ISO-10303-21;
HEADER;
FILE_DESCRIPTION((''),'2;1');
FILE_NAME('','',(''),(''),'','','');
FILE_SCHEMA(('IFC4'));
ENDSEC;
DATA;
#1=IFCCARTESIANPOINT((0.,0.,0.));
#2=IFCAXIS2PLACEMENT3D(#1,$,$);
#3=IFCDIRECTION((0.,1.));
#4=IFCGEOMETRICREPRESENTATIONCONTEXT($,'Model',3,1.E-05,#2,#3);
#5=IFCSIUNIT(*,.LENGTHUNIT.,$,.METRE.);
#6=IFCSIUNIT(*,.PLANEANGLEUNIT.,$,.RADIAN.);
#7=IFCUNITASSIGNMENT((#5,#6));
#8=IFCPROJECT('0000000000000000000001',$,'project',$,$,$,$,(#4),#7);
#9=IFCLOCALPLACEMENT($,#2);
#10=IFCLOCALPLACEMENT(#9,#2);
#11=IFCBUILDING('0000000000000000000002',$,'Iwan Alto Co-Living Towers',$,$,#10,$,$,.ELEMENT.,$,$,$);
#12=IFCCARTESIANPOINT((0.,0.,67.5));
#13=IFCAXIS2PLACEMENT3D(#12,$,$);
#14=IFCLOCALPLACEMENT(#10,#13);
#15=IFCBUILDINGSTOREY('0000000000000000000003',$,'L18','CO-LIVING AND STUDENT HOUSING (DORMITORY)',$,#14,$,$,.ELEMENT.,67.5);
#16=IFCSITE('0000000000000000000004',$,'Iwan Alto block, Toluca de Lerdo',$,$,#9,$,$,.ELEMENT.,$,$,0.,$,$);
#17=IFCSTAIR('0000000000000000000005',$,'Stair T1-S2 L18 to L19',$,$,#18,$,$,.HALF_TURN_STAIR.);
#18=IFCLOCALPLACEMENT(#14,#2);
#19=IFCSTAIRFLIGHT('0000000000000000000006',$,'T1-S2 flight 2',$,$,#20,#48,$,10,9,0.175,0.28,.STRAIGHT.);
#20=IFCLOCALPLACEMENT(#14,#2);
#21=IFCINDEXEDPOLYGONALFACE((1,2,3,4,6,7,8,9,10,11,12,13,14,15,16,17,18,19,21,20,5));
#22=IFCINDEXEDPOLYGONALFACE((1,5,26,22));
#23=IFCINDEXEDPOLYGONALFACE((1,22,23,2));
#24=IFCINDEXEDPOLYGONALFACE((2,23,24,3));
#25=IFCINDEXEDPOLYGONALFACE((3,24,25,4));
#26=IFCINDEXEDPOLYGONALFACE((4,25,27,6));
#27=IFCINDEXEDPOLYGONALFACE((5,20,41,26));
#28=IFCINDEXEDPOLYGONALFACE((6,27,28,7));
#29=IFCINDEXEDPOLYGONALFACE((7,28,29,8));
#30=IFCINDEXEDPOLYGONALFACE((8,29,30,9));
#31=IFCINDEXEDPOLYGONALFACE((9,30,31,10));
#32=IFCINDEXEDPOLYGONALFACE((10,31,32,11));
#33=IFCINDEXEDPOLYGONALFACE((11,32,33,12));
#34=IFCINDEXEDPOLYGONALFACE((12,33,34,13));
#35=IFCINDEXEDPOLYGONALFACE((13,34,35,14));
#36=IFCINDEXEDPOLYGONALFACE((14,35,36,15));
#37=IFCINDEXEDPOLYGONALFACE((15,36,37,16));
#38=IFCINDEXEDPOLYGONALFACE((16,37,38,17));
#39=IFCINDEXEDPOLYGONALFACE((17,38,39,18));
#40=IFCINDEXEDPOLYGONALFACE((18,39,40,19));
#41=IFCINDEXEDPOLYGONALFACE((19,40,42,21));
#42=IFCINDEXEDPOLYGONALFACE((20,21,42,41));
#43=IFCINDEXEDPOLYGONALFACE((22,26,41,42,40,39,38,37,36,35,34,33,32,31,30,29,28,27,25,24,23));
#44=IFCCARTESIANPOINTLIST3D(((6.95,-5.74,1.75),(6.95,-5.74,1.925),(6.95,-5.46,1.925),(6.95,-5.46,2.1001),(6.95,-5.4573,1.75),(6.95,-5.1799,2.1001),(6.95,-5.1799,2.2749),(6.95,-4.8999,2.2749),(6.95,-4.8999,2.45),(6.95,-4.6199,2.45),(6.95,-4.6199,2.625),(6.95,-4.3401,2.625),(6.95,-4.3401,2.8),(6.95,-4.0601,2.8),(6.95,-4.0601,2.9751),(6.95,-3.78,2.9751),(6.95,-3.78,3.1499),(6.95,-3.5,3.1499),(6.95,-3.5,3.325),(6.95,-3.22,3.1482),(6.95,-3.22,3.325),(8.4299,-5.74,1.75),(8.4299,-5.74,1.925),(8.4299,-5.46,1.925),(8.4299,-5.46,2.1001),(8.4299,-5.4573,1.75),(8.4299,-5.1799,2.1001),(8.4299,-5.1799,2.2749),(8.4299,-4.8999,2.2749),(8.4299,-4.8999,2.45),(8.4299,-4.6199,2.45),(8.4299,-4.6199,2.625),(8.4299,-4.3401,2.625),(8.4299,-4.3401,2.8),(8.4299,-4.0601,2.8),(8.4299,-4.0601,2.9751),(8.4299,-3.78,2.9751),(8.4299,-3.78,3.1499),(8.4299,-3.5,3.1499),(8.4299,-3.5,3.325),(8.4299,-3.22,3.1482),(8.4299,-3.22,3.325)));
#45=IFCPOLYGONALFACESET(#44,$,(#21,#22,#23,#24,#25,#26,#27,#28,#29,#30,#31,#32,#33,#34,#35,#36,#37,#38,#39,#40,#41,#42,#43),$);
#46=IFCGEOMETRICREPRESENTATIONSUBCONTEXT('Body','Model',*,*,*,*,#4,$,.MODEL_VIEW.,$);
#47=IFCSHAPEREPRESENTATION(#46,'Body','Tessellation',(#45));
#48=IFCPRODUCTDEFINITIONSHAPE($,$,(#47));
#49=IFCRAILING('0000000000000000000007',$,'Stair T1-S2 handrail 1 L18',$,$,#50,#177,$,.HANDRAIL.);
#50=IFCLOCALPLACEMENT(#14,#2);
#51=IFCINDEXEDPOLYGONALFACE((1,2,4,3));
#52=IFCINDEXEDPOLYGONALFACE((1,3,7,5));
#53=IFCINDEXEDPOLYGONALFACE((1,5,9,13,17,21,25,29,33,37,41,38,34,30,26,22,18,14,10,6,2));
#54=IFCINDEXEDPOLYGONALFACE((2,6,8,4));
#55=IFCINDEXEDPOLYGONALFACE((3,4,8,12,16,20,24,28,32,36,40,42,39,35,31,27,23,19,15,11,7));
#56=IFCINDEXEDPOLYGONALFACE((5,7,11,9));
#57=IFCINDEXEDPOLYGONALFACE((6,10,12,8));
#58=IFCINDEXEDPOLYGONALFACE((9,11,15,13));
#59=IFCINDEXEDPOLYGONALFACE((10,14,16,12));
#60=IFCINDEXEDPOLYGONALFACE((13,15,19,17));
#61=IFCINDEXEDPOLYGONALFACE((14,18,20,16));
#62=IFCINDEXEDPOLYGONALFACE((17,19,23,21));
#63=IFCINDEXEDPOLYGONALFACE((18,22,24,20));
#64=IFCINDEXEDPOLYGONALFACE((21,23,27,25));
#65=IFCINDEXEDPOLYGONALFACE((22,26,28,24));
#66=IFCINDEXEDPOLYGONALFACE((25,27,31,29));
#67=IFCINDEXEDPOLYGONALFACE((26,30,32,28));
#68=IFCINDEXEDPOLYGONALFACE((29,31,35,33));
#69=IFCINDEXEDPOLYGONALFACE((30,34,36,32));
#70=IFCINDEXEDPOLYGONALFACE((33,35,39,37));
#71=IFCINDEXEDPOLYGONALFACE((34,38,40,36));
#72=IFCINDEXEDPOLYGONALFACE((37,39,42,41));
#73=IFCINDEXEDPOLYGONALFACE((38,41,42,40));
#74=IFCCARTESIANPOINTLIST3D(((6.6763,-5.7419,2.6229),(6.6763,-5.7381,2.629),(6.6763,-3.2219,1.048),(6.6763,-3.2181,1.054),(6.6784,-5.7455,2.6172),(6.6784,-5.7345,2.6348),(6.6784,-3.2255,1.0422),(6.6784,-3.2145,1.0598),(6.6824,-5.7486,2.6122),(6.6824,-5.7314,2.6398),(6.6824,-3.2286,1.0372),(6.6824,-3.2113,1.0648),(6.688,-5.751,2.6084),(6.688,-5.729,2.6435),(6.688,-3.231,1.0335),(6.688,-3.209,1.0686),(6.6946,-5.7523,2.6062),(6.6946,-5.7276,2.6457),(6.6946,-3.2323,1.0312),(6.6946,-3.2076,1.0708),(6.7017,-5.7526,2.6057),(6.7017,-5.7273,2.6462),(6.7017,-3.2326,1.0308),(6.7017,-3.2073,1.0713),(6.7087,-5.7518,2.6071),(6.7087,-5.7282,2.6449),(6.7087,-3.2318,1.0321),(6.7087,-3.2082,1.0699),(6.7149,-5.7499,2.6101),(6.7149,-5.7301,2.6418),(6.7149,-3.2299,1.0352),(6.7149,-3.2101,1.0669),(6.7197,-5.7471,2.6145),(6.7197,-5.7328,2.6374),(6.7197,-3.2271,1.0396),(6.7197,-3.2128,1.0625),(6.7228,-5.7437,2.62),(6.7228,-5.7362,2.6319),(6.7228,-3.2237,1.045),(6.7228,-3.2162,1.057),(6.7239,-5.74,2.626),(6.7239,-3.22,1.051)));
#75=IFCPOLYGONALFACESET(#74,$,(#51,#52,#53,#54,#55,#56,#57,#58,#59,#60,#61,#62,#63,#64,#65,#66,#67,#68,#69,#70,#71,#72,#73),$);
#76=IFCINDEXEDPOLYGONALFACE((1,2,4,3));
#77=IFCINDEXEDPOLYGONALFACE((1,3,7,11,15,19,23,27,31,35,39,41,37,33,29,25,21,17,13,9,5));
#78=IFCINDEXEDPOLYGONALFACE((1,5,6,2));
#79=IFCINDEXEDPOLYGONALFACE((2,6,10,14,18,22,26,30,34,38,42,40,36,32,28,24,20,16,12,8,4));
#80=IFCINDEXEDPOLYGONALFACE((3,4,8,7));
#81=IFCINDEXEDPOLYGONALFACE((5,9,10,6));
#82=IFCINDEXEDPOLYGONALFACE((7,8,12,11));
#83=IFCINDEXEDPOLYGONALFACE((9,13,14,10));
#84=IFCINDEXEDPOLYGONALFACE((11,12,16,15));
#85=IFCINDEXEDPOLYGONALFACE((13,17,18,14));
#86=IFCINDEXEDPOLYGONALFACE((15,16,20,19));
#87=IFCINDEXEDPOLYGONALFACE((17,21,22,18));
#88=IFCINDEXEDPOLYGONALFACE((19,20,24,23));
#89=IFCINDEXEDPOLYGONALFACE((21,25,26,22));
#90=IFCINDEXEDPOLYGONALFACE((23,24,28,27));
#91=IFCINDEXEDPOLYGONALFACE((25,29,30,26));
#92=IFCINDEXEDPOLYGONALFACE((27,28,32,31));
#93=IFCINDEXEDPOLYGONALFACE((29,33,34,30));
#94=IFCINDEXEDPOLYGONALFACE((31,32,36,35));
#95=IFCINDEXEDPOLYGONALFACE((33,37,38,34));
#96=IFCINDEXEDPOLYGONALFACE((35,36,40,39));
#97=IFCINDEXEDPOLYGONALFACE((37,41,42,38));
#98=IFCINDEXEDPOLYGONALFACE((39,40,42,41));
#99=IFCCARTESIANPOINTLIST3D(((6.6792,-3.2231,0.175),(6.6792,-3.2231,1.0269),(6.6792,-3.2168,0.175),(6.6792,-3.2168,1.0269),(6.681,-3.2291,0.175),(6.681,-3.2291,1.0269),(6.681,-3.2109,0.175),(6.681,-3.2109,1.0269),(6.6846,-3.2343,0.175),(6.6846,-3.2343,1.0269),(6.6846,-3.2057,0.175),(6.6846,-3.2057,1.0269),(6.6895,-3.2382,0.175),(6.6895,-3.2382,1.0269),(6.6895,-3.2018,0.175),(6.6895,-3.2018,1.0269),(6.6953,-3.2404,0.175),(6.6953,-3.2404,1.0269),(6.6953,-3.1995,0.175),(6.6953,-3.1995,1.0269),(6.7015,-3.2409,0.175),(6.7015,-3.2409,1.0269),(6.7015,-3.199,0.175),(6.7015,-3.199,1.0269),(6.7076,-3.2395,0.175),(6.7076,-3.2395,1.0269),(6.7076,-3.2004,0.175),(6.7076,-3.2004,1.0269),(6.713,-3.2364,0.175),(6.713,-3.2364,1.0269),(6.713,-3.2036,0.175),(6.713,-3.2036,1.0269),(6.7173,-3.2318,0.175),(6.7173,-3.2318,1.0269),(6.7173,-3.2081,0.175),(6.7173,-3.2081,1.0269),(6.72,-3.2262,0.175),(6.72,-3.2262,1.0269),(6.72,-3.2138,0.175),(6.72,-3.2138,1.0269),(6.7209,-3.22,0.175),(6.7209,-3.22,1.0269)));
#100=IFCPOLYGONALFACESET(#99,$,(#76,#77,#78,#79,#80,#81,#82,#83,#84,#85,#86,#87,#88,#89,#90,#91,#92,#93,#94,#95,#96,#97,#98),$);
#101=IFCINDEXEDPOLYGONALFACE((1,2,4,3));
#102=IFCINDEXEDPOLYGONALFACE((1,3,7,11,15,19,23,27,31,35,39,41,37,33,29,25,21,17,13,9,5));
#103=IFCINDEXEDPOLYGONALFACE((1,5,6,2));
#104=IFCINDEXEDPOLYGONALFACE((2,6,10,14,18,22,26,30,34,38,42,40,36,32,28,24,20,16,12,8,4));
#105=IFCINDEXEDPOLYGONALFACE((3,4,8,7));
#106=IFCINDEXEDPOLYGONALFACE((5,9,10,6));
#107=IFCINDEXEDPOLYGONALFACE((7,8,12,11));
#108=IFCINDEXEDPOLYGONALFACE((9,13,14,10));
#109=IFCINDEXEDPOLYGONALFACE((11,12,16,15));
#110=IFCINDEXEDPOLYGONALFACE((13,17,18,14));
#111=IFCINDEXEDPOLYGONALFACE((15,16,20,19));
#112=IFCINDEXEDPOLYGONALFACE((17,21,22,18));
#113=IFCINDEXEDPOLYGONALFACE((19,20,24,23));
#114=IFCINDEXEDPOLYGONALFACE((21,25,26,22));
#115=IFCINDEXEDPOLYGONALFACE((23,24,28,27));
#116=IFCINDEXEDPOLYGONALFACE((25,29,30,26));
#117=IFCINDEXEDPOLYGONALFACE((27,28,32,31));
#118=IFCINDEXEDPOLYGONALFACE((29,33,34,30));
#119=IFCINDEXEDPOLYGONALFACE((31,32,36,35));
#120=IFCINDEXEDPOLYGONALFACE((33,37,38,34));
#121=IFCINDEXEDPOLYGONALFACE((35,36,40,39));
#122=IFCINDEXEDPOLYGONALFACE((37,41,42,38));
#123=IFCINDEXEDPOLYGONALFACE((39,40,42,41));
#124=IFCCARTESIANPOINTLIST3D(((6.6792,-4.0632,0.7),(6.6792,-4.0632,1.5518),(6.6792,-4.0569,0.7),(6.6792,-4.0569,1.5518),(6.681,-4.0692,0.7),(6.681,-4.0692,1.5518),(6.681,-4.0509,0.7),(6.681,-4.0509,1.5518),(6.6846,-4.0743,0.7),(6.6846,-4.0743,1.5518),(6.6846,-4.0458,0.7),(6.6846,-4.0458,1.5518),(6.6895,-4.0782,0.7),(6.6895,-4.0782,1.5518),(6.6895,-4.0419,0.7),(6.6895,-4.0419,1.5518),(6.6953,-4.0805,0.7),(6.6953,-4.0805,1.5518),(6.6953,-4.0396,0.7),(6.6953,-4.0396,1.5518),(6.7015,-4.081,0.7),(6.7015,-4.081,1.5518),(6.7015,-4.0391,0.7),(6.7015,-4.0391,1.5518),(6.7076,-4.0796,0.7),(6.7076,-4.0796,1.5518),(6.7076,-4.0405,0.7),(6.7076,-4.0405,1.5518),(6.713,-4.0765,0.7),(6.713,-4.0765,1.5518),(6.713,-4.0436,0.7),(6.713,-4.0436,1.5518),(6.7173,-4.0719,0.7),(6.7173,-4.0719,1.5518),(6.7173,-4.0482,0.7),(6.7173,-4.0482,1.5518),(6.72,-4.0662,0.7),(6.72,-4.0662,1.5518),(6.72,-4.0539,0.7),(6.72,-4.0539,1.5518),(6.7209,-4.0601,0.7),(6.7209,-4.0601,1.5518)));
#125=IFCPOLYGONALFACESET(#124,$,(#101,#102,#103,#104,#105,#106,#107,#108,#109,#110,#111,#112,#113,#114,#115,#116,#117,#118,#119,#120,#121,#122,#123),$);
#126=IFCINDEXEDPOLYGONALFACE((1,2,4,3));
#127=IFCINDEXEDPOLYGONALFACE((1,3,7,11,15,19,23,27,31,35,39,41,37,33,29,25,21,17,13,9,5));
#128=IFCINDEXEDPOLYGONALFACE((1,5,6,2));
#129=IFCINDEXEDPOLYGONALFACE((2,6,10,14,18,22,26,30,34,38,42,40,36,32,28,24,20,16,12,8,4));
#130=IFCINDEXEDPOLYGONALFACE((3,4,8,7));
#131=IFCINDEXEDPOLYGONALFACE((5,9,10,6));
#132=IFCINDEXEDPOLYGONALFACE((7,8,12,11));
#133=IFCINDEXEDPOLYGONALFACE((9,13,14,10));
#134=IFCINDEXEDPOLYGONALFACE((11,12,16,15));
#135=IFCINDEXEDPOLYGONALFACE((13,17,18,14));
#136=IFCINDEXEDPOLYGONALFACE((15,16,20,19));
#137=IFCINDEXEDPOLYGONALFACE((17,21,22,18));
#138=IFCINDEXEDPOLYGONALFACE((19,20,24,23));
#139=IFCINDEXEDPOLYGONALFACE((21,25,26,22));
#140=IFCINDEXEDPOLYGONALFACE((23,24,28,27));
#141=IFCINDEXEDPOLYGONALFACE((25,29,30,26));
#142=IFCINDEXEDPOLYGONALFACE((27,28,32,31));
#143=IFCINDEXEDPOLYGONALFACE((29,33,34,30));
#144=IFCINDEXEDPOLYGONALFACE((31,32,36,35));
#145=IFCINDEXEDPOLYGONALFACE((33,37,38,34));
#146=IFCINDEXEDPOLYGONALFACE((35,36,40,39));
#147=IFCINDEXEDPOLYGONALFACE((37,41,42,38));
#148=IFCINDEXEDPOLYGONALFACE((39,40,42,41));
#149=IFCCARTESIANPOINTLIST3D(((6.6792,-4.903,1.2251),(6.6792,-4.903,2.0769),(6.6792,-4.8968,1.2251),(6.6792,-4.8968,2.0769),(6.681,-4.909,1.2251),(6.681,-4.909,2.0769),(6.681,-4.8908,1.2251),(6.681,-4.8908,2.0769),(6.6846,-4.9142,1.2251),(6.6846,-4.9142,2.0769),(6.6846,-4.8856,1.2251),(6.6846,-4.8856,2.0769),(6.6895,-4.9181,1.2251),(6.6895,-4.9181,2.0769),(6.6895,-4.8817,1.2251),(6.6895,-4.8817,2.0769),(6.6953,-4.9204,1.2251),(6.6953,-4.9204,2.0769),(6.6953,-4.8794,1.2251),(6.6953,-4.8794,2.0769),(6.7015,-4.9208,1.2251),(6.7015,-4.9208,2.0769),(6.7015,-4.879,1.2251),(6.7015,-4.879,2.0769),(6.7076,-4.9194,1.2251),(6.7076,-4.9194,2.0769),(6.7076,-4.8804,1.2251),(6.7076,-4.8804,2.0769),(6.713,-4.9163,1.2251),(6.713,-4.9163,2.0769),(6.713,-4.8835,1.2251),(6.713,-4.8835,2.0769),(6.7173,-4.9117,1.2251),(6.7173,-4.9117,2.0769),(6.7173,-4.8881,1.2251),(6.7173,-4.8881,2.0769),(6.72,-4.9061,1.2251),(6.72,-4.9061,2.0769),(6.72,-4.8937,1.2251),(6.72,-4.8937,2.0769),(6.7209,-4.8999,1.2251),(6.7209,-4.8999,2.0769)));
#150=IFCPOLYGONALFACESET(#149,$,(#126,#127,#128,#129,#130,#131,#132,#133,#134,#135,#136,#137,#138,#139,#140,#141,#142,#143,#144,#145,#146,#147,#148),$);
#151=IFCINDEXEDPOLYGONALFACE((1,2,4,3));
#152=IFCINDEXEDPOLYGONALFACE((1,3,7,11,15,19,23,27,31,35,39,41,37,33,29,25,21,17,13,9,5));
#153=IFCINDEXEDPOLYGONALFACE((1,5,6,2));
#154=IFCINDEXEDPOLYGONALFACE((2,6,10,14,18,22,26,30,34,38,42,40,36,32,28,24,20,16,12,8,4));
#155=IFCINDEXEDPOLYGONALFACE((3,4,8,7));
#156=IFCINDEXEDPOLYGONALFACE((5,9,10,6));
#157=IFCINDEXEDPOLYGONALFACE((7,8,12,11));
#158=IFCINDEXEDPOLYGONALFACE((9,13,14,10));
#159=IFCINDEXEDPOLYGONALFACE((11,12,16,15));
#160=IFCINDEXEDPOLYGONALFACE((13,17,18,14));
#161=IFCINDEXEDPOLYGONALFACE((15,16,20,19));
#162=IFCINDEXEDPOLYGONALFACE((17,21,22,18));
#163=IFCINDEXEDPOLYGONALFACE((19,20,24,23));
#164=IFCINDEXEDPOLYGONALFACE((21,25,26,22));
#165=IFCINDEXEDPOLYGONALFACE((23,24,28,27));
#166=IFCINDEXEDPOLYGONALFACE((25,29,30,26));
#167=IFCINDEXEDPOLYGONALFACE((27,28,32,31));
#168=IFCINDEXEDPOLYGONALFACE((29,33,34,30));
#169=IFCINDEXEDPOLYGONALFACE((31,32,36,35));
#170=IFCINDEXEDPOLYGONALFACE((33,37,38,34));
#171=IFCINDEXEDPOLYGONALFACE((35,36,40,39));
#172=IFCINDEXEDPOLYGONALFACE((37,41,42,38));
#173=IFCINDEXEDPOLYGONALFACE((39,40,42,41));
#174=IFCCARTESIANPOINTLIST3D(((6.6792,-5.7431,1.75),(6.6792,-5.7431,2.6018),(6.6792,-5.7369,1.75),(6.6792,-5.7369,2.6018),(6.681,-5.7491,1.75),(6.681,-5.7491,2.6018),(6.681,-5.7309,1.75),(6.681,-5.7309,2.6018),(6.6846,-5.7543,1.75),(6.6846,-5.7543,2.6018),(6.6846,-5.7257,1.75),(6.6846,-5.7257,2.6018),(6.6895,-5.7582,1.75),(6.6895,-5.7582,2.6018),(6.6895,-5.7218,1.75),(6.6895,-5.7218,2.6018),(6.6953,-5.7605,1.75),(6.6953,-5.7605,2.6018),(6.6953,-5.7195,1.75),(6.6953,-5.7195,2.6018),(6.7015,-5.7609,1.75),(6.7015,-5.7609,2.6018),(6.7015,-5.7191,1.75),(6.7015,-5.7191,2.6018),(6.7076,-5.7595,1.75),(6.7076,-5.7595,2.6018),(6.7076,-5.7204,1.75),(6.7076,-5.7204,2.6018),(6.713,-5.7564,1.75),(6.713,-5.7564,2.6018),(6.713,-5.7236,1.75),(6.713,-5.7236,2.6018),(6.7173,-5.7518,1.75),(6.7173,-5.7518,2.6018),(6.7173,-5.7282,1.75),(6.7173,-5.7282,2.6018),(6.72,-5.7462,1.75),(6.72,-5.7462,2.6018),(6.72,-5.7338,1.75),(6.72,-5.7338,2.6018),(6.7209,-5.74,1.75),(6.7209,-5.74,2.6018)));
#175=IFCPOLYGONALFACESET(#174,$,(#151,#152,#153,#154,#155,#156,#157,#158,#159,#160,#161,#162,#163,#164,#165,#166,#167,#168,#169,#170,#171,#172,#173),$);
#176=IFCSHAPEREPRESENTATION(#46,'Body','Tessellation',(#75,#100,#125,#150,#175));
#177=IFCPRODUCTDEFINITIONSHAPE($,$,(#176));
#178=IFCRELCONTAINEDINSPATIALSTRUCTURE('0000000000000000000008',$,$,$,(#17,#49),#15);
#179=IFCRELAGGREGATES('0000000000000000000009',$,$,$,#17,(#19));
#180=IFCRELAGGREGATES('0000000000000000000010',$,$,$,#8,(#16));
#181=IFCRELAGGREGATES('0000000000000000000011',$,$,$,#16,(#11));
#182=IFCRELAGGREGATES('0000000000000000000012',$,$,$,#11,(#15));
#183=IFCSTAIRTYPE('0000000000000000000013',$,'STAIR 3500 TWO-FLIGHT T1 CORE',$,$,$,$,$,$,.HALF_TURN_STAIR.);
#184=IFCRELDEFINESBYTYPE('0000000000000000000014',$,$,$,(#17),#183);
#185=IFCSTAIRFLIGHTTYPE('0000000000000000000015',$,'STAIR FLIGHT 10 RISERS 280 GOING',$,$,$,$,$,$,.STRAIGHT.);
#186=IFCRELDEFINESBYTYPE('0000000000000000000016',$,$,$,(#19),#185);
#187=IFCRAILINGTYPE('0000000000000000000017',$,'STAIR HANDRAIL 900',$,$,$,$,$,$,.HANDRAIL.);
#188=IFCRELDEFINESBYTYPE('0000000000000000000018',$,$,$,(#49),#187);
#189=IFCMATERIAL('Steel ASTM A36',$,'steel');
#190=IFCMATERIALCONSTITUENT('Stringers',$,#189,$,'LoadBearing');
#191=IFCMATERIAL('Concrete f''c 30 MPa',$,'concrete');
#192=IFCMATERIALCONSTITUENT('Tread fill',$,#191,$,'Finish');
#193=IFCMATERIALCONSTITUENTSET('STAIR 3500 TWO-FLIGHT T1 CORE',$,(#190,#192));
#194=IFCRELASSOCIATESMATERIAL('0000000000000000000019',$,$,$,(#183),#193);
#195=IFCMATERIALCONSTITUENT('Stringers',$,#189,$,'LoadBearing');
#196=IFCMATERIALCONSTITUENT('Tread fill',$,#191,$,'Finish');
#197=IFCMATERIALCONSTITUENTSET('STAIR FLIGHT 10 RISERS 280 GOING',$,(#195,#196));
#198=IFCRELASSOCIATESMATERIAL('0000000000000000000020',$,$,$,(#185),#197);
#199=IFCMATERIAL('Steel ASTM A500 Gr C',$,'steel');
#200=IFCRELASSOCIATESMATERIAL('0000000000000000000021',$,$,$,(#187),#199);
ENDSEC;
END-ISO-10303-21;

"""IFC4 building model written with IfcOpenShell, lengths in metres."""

from ifc_helpers import new_model, si_unit, direction, frame, origin, origin_2d, place, context, subcontext, project, spatial, polyline, circle, outline, extrude, material, constituent, constituent_set, type_object, element, aggregate, save


model = new_model("IFC4")

# Units and contexts
model_context = context("Model", 3, precision=1e-05, world=origin(), true_north=direction((0.0, 1.0)))
body_context = subcontext(model_context, "Body", "Model", "MODEL_VIEW")
ifc_project = project(units=[si_unit("LENGTHUNIT", "METRE"), si_unit("PLANEANGLEUNIT", "RADIAN")], contexts=[model_context])

# Site, building, storey
site_placement = place(None, origin())
site = spatial("IfcSite", under=ifc_project, at=site_placement, Name="Iwan Alto block, Toluca de Lerdo", CompositionType="ELEMENT", RefElevation=0.0)
building_placement = place(site_placement, origin())
building = spatial("IfcBuilding", under=site, at=building_placement, Name="Iwan Alto Co-Living Towers", CompositionType="ELEMENT")
storey_placement = place(building_placement, frame((0.0, 0.0, 67.5)))
storey = spatial("IfcBuildingStorey", under=building, at=storey_placement, Name="L18", Description="CO-LIVING AND STUDENT HOUSING (DORMITORY)", CompositionType="ELEMENT", Elevation=67.5)

# Stair, stair flight
ifc_material_1 = material(Name="Steel ASTM A36", Category="steel")
ifc_constituent_1 = constituent(ifc_material_1, Name="Stringers", Category="LoadBearing")
ifc_material_2 = material(Name="Concrete f'c 30 MPa", Category="concrete")
ifc_constituent_2 = constituent(ifc_material_2, Name="Tread fill", Category="Finish")
ifc_constituent_set_1 = constituent_set(constituents=[ifc_constituent_1, ifc_constituent_2], Name="STAIR 3500 TWO-FLIGHT T1 CORE")
stair_type = type_object("IfcStairType", Name="STAIR 3500 TWO-FLIGHT T1 CORE", PredefinedType="HALF_TURN_STAIR", material=ifc_constituent_set_1)
stair_placement = place(storey_placement, origin())
stair = element("IfcStair", 1, at=stair_placement, inside=storey, type_object=stair_type, Name="Stair T1-S2 L18 to L19", PredefinedType="HALF_TURN_STAIR")
ifc_constituent_3 = constituent(ifc_material_1, Name="Stringers", Category="LoadBearing")
ifc_constituent_4 = constituent(ifc_material_2, Name="Tread fill", Category="Finish")
ifc_constituent_set_2 = constituent_set(constituents=[ifc_constituent_3, ifc_constituent_4], Name="STAIR FLIGHT 10 RISERS 280 GOING")
stair_flight_type = type_object("IfcStairFlightType", Name="STAIR FLIGHT 10 RISERS 280 GOING", PredefinedType="STRAIGHT", material=ifc_constituent_set_2)
stair_flight_1_placement = place(storey_placement, frame((7.6899, -5.74, 1.75), z_axis=(0.0, 0.0, 1.0), x_axis=(0.0, 1.0, 0.0)))
stair_flight_1 = element("IfcStairFlight", 2, at=stair_flight_1_placement, type_object=stair_flight_type, Name="T1-S2 flight 2", NumberOfRisers=10, NumberOfTreads=9, PredefinedType="STRAIGHT", RiserHeight=0.175, TreadLength=0.28, context=body_context, shape_type="SweptSolid", body=[
    extrude(outline(polyline([(0.0, 0.0), (0.0, 0.175), (0.28, 0.175), (0.28, 0.3501), (0.5601, 0.3501), (0.5601, 0.5249), (0.8401, 0.5249), (0.8401, 0.7), (1.1201, 0.7), (1.1201, 0.875), (1.3999, 0.875), (1.3999, 1.05), (1.6799, 1.05), (1.6799, 1.2251), (1.96, 1.2251), (1.96, 1.3999), (2.24, 1.3999), (2.24, 1.575), (2.52, 1.575), (2.52, 1.75), (2.52, 1.3982), (0.2827, 0.0), (0.0, 0.0)])), frame((0.0, 0.74, 0.0), z_axis=(0.0, -1.0, 0.0), x_axis=(1.0, 0.0, 0.0)), (0.0, 0.0, 1.0), 1.48),
])
aggregate(stair, [stair_flight_1])

# Railing
ifc_material_3 = material(Name="Steel ASTM A500 Gr C", Category="steel")
railing_type_1 = type_object("IfcRailingType", Name="STAIR HANDRAIL 900", PredefinedType="HANDRAIL", material=ifc_material_3)
railing_1_placement = place(storey_placement, frame((6.7, -3.22, 0.175)))
element("IfcRailing", 3, at=railing_1_placement, inside=storey, type_object=railing_type_1, Name="Stair T1-S2 handrail 1 L18", PredefinedType="HANDRAIL", context=body_context, shape_type="SweptSolid", body=[
    extrude(circle(Radius=0.0239, at=origin_2d()), frame((0.0, 0.0, 0.876), z_axis=(0.0, -0.848008, 0.529984), x_axis=(1.0, 0.0, 0.0)), (0.0, 0.0, 1.0), 2.9717),
    extrude(circle(Radius=0.021, at=origin_2d()), origin(), (0.0, 0.0, 1.0), 0.8518),
    extrude(circle(Radius=0.021, at=origin_2d()), frame((0.0, -0.8401, 0.5249)), (0.0, 0.0, 1.0), 0.8518),
    extrude(circle(Radius=0.021, at=origin_2d()), frame((0.0, -1.6799, 1.05)), (0.0, 0.0, 1.0), 0.8518),
    extrude(circle(Radius=0.021, at=origin_2d()), frame((0.0, -2.52, 1.575)), (0.0, 0.0, 1.0), 0.8518),
])

save(model, "model.ifc")
